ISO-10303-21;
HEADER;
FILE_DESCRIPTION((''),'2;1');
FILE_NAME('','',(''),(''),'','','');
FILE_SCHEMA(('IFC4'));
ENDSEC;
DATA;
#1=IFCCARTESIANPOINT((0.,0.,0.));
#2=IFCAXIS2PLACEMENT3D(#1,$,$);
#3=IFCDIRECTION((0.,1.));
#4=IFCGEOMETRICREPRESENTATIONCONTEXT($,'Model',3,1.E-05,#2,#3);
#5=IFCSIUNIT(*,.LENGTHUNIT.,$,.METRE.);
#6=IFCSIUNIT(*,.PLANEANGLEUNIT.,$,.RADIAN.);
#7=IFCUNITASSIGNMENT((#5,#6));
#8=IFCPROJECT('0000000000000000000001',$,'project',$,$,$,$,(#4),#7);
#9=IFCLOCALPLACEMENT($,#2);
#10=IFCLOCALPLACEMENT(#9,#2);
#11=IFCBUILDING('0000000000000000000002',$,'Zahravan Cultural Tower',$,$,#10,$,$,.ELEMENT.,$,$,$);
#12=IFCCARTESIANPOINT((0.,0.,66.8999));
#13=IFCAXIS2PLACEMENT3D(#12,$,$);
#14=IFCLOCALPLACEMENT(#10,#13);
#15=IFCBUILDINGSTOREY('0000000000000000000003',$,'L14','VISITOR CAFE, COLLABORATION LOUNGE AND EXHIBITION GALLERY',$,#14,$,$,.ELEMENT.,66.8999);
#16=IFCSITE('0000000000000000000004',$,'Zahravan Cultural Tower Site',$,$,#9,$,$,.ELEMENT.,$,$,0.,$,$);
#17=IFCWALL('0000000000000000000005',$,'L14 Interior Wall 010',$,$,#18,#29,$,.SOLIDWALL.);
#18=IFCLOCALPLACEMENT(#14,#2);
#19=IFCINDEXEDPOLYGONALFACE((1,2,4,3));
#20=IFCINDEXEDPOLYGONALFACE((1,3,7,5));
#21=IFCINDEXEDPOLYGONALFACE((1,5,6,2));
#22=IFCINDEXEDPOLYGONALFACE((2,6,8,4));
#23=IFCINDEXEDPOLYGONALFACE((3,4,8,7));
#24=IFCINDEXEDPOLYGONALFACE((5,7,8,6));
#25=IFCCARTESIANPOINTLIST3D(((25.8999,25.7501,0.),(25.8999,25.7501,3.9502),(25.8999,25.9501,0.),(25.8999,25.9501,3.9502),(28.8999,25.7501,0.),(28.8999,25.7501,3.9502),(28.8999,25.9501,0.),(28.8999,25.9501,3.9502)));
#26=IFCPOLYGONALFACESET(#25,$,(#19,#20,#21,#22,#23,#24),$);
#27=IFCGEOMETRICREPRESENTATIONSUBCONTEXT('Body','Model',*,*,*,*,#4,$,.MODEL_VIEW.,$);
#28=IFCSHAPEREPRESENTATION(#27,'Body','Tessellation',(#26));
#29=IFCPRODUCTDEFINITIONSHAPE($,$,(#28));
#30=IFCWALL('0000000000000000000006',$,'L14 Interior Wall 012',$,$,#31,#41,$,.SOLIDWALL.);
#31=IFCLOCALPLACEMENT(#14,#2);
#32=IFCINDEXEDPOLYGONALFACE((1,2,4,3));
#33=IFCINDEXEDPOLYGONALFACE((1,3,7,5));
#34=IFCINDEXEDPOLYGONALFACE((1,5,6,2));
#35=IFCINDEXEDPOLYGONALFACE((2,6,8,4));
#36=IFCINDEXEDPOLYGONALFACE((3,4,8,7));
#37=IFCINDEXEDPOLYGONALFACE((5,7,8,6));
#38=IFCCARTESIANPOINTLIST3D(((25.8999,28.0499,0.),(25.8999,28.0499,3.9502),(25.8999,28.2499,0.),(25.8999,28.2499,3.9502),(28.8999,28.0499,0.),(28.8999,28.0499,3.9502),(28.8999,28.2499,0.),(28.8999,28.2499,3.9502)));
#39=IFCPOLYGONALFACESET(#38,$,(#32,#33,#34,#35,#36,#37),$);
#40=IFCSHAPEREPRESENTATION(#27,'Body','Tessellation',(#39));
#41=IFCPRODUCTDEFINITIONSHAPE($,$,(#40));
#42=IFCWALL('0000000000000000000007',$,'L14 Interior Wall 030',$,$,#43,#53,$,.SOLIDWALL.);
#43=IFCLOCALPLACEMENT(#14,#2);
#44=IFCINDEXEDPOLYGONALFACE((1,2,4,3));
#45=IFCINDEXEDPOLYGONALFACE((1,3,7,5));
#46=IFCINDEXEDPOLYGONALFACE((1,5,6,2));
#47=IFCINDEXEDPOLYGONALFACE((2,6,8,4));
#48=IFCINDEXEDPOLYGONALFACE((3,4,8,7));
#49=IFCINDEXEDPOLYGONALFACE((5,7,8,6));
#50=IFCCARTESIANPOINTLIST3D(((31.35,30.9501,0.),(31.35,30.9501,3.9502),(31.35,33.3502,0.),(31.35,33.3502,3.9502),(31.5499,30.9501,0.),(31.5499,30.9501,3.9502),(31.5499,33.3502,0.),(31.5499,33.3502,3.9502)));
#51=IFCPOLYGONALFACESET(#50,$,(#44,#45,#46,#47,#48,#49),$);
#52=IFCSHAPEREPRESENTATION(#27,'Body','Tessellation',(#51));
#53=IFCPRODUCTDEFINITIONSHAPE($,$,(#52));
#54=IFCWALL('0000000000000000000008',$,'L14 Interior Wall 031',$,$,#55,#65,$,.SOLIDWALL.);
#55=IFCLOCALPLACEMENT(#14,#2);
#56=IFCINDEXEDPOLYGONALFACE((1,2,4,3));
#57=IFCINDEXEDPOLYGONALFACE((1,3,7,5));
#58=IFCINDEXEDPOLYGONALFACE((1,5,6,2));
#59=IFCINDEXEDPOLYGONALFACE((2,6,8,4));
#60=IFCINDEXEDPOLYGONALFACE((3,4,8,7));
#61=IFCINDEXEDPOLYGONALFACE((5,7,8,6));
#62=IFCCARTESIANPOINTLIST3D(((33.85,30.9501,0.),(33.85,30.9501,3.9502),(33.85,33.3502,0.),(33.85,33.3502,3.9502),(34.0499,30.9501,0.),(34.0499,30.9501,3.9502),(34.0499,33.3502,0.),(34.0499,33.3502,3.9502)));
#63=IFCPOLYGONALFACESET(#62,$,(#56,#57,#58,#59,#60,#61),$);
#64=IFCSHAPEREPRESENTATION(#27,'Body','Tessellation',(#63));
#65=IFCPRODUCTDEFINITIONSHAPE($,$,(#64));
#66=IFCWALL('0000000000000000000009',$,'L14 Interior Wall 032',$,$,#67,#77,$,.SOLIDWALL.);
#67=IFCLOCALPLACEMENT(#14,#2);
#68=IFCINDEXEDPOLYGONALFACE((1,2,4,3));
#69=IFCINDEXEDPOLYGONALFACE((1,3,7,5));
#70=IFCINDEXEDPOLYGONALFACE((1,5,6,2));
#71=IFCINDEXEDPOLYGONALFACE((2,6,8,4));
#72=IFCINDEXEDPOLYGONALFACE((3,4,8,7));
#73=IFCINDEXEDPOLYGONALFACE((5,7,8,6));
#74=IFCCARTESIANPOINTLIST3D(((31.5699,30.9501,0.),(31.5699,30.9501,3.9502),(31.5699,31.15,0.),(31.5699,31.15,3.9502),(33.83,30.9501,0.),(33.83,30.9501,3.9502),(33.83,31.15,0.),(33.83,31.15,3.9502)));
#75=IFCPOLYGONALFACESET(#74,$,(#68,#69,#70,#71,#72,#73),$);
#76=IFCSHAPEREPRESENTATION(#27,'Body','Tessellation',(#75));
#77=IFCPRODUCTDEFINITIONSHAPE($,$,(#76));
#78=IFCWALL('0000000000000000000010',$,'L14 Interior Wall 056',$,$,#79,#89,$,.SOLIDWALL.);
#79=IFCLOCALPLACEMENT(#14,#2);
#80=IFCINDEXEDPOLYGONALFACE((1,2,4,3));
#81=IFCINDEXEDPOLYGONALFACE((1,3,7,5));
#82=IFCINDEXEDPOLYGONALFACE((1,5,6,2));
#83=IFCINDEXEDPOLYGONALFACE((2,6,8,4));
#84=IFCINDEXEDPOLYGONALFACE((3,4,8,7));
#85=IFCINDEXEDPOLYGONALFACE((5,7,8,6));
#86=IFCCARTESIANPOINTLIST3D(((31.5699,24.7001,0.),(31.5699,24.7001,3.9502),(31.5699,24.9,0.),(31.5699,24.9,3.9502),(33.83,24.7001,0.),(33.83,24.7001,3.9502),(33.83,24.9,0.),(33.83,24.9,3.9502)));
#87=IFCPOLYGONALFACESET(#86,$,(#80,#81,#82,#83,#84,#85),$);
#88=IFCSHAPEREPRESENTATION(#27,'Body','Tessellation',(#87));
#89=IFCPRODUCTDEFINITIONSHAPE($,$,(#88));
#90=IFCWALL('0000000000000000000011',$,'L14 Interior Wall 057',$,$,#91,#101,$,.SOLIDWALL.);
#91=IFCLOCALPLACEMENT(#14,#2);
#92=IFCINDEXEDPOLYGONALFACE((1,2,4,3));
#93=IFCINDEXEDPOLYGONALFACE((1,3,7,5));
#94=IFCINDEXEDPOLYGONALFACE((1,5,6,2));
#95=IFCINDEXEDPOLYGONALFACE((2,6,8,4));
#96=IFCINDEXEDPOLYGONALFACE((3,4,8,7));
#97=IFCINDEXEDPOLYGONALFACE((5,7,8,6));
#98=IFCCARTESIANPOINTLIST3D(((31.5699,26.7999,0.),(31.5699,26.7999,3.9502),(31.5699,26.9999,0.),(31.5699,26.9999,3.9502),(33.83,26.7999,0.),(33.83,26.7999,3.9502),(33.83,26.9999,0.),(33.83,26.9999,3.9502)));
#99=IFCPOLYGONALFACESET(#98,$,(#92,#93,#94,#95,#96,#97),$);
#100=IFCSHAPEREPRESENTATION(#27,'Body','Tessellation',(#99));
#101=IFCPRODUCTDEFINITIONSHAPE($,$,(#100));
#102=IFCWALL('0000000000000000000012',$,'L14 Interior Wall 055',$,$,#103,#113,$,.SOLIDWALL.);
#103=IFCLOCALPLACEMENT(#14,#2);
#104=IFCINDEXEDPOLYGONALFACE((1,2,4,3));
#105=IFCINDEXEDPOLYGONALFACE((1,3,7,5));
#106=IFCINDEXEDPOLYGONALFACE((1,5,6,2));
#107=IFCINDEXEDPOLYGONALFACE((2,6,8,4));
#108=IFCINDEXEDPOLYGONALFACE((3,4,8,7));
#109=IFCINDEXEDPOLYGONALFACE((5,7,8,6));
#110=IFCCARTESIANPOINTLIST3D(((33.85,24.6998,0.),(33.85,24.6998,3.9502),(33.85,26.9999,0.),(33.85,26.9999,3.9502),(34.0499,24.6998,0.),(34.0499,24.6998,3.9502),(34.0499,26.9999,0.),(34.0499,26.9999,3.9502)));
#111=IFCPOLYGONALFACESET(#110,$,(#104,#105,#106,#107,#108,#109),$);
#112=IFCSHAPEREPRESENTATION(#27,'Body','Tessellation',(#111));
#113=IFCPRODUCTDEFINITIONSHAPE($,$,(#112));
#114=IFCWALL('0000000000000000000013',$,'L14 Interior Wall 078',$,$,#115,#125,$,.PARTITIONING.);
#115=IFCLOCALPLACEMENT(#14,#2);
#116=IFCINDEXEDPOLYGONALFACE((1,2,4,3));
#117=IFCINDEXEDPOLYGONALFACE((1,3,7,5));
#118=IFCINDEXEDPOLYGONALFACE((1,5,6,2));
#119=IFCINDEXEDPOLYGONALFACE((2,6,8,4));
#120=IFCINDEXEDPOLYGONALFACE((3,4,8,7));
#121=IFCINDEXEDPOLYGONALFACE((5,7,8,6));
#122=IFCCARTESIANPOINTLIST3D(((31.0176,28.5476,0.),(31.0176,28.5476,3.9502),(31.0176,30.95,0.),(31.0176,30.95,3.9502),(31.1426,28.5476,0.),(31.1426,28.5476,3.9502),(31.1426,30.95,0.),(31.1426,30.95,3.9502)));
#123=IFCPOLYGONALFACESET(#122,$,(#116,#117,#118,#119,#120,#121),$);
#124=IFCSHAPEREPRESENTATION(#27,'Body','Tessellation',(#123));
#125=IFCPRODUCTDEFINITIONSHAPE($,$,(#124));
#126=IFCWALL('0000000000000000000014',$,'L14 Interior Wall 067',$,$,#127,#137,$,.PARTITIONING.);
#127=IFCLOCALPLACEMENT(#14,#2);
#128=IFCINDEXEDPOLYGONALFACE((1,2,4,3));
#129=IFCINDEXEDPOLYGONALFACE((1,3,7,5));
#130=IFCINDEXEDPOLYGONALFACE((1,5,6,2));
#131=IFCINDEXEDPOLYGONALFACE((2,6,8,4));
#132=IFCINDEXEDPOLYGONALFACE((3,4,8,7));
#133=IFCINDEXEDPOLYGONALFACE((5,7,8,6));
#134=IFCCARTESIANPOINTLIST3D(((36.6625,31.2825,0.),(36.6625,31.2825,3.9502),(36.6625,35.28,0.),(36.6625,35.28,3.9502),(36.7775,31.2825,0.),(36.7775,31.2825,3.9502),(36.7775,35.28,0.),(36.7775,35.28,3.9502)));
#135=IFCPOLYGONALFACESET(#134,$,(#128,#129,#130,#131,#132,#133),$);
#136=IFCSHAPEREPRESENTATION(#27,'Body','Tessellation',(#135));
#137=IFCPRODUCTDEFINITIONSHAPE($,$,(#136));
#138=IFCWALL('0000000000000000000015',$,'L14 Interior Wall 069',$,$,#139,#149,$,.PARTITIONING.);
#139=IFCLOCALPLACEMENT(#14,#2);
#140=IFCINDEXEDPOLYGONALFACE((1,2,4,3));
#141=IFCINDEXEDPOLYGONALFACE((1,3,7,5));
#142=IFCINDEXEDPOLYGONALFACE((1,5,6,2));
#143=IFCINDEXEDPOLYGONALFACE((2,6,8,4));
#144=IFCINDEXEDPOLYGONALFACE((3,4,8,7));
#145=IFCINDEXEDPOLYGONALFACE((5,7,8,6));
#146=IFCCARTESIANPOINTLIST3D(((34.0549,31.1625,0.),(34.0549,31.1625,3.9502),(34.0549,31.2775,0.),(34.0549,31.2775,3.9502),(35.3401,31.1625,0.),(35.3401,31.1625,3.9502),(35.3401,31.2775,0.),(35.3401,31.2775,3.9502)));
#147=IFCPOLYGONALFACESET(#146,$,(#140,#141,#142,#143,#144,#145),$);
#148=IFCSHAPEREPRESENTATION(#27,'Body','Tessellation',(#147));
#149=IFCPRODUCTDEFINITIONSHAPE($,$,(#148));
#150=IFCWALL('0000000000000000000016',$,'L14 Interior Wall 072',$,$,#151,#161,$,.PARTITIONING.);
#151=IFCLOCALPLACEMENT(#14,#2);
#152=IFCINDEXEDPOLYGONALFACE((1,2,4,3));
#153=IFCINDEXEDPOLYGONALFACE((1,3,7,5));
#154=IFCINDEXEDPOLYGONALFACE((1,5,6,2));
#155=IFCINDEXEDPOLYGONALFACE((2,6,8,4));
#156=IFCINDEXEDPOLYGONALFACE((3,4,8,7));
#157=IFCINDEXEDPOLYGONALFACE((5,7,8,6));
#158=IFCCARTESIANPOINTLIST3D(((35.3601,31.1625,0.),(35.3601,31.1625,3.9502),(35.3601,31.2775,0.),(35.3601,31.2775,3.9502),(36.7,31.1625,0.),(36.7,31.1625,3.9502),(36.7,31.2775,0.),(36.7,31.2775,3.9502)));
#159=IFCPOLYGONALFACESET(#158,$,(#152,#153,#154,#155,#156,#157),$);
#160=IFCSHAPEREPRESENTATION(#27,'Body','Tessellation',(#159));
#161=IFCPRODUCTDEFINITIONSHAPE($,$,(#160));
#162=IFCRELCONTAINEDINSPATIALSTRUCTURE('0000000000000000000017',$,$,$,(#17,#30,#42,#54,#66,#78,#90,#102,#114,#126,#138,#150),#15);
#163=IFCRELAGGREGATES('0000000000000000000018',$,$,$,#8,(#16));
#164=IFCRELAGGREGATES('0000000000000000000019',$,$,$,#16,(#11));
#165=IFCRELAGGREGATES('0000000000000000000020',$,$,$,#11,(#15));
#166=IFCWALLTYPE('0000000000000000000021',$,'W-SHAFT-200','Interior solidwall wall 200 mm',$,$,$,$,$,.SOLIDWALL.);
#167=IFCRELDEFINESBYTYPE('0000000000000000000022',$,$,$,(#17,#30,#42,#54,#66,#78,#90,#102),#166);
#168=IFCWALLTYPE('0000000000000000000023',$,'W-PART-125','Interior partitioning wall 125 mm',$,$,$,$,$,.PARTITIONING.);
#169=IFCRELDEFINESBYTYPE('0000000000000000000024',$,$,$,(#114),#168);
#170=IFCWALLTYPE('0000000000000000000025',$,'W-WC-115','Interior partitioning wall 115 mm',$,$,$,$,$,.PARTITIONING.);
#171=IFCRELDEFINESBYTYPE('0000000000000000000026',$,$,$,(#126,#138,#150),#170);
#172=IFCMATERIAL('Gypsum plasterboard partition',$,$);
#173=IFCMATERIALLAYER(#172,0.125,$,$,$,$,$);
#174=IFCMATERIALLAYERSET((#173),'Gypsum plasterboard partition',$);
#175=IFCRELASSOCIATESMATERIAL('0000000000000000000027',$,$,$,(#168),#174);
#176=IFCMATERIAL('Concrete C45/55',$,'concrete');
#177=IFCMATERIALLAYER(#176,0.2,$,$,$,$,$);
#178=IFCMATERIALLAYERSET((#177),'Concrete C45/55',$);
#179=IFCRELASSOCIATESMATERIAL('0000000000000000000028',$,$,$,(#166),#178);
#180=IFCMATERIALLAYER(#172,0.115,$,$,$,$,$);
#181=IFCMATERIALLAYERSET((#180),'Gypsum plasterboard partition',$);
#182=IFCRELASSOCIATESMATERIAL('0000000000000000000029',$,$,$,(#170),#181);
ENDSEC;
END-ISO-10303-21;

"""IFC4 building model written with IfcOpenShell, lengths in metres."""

from ifc_helpers import new_model, si_unit, direction, frame, frame_2d, origin, place, context, subcontext, project, spatial, rectangle, extrude, source, transform, mapped, material, layer, layer_set, type_object, element, save


model = new_model("IFC4")

# Units and contexts
model_context = context("Model", 3, precision=1e-05, world=origin(), true_north=direction((0.0, 1.0)))
body_context = subcontext(model_context, "Body", "Model", "MODEL_VIEW")
ifc_project = project(units=[si_unit("LENGTHUNIT", "METRE"), si_unit("PLANEANGLEUNIT", "RADIAN")], contexts=[model_context])

# Site, building, storey
site_placement = place(None, origin())
site = spatial("IfcSite", under=ifc_project, at=site_placement, Name="Zahravan Cultural Tower Site", CompositionType="ELEMENT", RefElevation=0.0)
building_placement = place(site_placement, origin())
building = spatial("IfcBuilding", under=site, at=building_placement, Name="Zahravan Cultural Tower", CompositionType="ELEMENT")
storey_placement = place(building_placement, frame((0.0, 0.0, 66.8999)))
storey = spatial("IfcBuildingStorey", under=building, at=storey_placement, Name="L14", Description="VISITOR CAFE, COLLABORATION LOUNGE AND EXHIBITION GALLERY", CompositionType="ELEMENT", Elevation=66.8999)

# Shared definitions
ifc_material_1 = material(Name="Gypsum plasterboard partition")
ifc_layer_1 = layer(ifc_material_1, 0.125)
ifc_layer_set_1 = layer_set([ifc_layer_1], Name="Gypsum plasterboard partition")
wall_type_1 = type_object("IfcWallType", Name="W-PART-125", Description="Interior partitioning wall 125 mm", PredefinedType="PARTITIONING", material=ifc_layer_set_1)
ifc_material_2 = material(Name="Concrete C45/55", Category="concrete")
ifc_layer_2 = layer(ifc_material_2, 0.2)
ifc_layer_set_2 = layer_set([ifc_layer_2], Name="Concrete C45/55")
wall_type_2 = type_object("IfcWallType", Name="W-SHAFT-200", Description="Interior solidwall wall 200 mm", PredefinedType="SOLIDWALL", material=ifc_layer_set_2)

# Walls
shared_shape_1 = source(origin(), body_context, "Body", "SweptSolid", [
    extrude(rectangle(XDim=3.0, YDim=0.2, at=frame_2d((1.5, 0.0))), origin(), (0.0, 0.0, 1.0), 3.9502),
])
for number, where, z_axis, x_axis, name in (
    (1, (25.8999, 25.8501, 0.0), (0.0, 0.0, 1.0), (1.0, 0.0, 0.0), "L14 Interior Wall 010"),
    (2, (25.8999, 28.1499, 0.0), (0.0, 0.0, 1.0), (1.0, 0.0, 0.0), "L14 Interior Wall 012"),
):
    element("IfcWall", number, at=place(storey_placement, frame(where, z_axis=z_axis, x_axis=x_axis)), inside=storey, type_object=wall_type_2, Name=name, PredefinedType="SOLIDWALL", context=body_context, shape_type="MappedRepresentation", body=[
        mapped(shared_shape_1, transform((0.0, 0.0, 0.0), x_axis=(1.0, 0.0, 0.0), y_axis=(0.0, 1.0, 0.0), z_axis=(0.0, 0.0, 1.0), scale=1.0)),
    ])
shared_shape_2 = source(origin(), body_context, "Body", "SweptSolid", [
    extrude(rectangle(XDim=2.4001, YDim=0.2, at=frame_2d((1.2002, 0.0))), origin(), (0.0, 0.0, 1.0), 3.9502),
])
for number, where, z_axis, x_axis, name in (
    (3, (31.45, 30.95, 0.0), (0.0, 0.0, 1.0), (0.0, 1.0, 0.0), "L14 Interior Wall 030"),
    (4, (33.95, 30.95, 0.0), (0.0, 0.0, 1.0), (0.0, 1.0, 0.0), "L14 Interior Wall 031"),
):
    element("IfcWall", number, at=place(storey_placement, frame(where, z_axis=z_axis, x_axis=x_axis)), inside=storey, type_object=wall_type_2, Name=name, PredefinedType="SOLIDWALL", context=body_context, shape_type="MappedRepresentation", body=[
        mapped(shared_shape_2, transform((0.0, 0.0, 0.0), x_axis=(1.0, 0.0, 0.0), y_axis=(0.0, 1.0, 0.0), z_axis=(0.0, 0.0, 1.0), scale=1.0)),
    ])
shared_shape_3 = source(origin(), body_context, "Body", "SweptSolid", [
    extrude(rectangle(XDim=2.26, YDim=0.2, at=frame_2d((1.1299, 0.0))), origin(), (0.0, 0.0, 1.0), 3.9502),
])
for number, where, z_axis, x_axis, name in (
    (5, (31.5701, 31.05, 0.0), (0.0, 0.0, 1.0), (1.0, 0.0, 0.0), "L14 Interior Wall 032"),
    (6, (31.5701, 24.8, 0.0), (0.0, 0.0, 1.0), (1.0, 0.0, 0.0), "L14 Interior Wall 056"),
    (7, (31.5701, 26.8999, 0.0), (0.0, 0.0, 1.0), (1.0, 0.0, 0.0), "L14 Interior Wall 057"),
):
    element("IfcWall", number, at=place(storey_placement, frame(where, z_axis=z_axis, x_axis=x_axis)), inside=storey, type_object=wall_type_2, Name=name, PredefinedType="SOLIDWALL", context=body_context, shape_type="MappedRepresentation", body=[
        mapped(shared_shape_3, transform((0.0, 0.0, 0.0), x_axis=(1.0, 0.0, 0.0), y_axis=(0.0, 1.0, 0.0), z_axis=(0.0, 0.0, 1.0), scale=1.0)),
    ])
shared_shape_4 = source(origin(), body_context, "Body", "SweptSolid", [
    extrude(rectangle(XDim=2.3, YDim=0.2, at=frame_2d((1.1499, 0.0))), origin(), (0.0, 0.0, 1.0), 3.9502),
])
wall_1_placement = place(storey_placement, frame((33.95, 24.7, 0.0), z_axis=(0.0, 0.0, 1.0), x_axis=(0.0, 1.0, 0.0)))
element("IfcWall", 8, at=wall_1_placement, inside=storey, type_object=wall_type_2, Name="L14 Interior Wall 055", PredefinedType="SOLIDWALL", context=body_context, shape_type="MappedRepresentation", body=[
    mapped(shared_shape_4, transform((0.0, 0.0, 0.0), x_axis=(1.0, 0.0, 0.0), y_axis=(0.0, 1.0, 0.0), z_axis=(0.0, 0.0, 1.0), scale=1.0)),
])
shared_shape_5 = source(origin(), body_context, "Body", "SweptSolid", [
    extrude(rectangle(XDim=2.4023, YDim=0.125, at=frame_2d((1.2012, 0.0))), origin(), (0.0, 0.0, 1.0), 3.9502),
])
wall_2_placement = place(storey_placement, frame((31.0801, 28.5476, 0.0), z_axis=(0.0, 0.0, 1.0), x_axis=(0.0, 1.0, 0.0)))
element("IfcWall", 9, at=wall_2_placement, inside=storey, type_object=wall_type_1, Name="L14 Interior Wall 078", PredefinedType="PARTITIONING", context=body_context, shape_type="MappedRepresentation", body=[
    mapped(shared_shape_5, transform((0.0, 0.0, 0.0), x_axis=(1.0, 0.0, 0.0), y_axis=(0.0, 1.0, 0.0), z_axis=(0.0, 0.0, 1.0), scale=1.0)),
])
ifc_layer_3 = layer(ifc_material_1, 0.115)
ifc_layer_set_3 = layer_set([ifc_layer_3], Name="Gypsum plasterboard partition")
wall_type_3 = type_object("IfcWallType", Name="W-WC-115", Description="Interior partitioning wall 115 mm", PredefinedType="PARTITIONING", material=ifc_layer_set_3)
shared_shape_6 = source(origin(), body_context, "Body", "SweptSolid", [
    extrude(rectangle(XDim=3.9976, YDim=0.115, at=frame_2d((1.9988, 0.0))), origin(), (0.0, 0.0, 1.0), 3.9502),
])
wall_3_placement = place(storey_placement, frame((36.72, 31.2825, 0.0), z_axis=(0.0, 0.0, 1.0), x_axis=(0.0, 1.0, 0.0)))
element("IfcWall", 10, at=wall_3_placement, inside=storey, type_object=wall_type_3, Name="L14 Interior Wall 067", PredefinedType="PARTITIONING", context=body_context, shape_type="MappedRepresentation", body=[
    mapped(shared_shape_6, transform((0.0, 0.0, 0.0), x_axis=(1.0, 0.0, 0.0), y_axis=(0.0, 1.0, 0.0), z_axis=(0.0, 0.0, 1.0), scale=1.0)),
])
shared_shape_7 = source(origin(), body_context, "Body", "SweptSolid", [
    extrude(rectangle(XDim=1.2852, YDim=0.115, at=frame_2d((0.6426, 0.0))), origin(), (0.0, 0.0, 1.0), 3.9502),
])
wall_4_placement = place(storey_placement, frame((35.3401, 31.22, 0.0), z_axis=(0.0, 0.0, 1.0), x_axis=(-1.0, 0.0, 0.0)))
element("IfcWall", 11, at=wall_4_placement, inside=storey, type_object=wall_type_3, Name="L14 Interior Wall 069", PredefinedType="PARTITIONING", context=body_context, shape_type="MappedRepresentation", body=[
    mapped(shared_shape_7, transform((0.0, 0.0, 0.0), x_axis=(1.0, 0.0, 0.0), y_axis=(0.0, 1.0, 0.0), z_axis=(0.0, 0.0, 1.0), scale=1.0)),
])
shared_shape_8 = source(origin(), body_context, "Body", "SweptSolid", [
    extrude(rectangle(XDim=1.3398, YDim=0.115, at=frame_2d((0.6699, 0.0))), origin(), (0.0, 0.0, 1.0), 3.9502),
])
wall_5_placement = place(storey_placement, frame((36.7, 31.22, 0.0), z_axis=(0.0, 0.0, 1.0), x_axis=(-1.0, 0.0, 0.0)))
element("IfcWall", 12, at=wall_5_placement, inside=storey, type_object=wall_type_3, Name="L14 Interior Wall 072", PredefinedType="PARTITIONING", context=body_context, shape_type="MappedRepresentation", body=[
    mapped(shared_shape_8, transform((0.0, 0.0, 0.0), x_axis=(1.0, 0.0, 0.0), y_axis=(0.0, 1.0, 0.0), z_axis=(0.0, 0.0, 1.0), scale=1.0)),
])

save(model, "model.ifc")
